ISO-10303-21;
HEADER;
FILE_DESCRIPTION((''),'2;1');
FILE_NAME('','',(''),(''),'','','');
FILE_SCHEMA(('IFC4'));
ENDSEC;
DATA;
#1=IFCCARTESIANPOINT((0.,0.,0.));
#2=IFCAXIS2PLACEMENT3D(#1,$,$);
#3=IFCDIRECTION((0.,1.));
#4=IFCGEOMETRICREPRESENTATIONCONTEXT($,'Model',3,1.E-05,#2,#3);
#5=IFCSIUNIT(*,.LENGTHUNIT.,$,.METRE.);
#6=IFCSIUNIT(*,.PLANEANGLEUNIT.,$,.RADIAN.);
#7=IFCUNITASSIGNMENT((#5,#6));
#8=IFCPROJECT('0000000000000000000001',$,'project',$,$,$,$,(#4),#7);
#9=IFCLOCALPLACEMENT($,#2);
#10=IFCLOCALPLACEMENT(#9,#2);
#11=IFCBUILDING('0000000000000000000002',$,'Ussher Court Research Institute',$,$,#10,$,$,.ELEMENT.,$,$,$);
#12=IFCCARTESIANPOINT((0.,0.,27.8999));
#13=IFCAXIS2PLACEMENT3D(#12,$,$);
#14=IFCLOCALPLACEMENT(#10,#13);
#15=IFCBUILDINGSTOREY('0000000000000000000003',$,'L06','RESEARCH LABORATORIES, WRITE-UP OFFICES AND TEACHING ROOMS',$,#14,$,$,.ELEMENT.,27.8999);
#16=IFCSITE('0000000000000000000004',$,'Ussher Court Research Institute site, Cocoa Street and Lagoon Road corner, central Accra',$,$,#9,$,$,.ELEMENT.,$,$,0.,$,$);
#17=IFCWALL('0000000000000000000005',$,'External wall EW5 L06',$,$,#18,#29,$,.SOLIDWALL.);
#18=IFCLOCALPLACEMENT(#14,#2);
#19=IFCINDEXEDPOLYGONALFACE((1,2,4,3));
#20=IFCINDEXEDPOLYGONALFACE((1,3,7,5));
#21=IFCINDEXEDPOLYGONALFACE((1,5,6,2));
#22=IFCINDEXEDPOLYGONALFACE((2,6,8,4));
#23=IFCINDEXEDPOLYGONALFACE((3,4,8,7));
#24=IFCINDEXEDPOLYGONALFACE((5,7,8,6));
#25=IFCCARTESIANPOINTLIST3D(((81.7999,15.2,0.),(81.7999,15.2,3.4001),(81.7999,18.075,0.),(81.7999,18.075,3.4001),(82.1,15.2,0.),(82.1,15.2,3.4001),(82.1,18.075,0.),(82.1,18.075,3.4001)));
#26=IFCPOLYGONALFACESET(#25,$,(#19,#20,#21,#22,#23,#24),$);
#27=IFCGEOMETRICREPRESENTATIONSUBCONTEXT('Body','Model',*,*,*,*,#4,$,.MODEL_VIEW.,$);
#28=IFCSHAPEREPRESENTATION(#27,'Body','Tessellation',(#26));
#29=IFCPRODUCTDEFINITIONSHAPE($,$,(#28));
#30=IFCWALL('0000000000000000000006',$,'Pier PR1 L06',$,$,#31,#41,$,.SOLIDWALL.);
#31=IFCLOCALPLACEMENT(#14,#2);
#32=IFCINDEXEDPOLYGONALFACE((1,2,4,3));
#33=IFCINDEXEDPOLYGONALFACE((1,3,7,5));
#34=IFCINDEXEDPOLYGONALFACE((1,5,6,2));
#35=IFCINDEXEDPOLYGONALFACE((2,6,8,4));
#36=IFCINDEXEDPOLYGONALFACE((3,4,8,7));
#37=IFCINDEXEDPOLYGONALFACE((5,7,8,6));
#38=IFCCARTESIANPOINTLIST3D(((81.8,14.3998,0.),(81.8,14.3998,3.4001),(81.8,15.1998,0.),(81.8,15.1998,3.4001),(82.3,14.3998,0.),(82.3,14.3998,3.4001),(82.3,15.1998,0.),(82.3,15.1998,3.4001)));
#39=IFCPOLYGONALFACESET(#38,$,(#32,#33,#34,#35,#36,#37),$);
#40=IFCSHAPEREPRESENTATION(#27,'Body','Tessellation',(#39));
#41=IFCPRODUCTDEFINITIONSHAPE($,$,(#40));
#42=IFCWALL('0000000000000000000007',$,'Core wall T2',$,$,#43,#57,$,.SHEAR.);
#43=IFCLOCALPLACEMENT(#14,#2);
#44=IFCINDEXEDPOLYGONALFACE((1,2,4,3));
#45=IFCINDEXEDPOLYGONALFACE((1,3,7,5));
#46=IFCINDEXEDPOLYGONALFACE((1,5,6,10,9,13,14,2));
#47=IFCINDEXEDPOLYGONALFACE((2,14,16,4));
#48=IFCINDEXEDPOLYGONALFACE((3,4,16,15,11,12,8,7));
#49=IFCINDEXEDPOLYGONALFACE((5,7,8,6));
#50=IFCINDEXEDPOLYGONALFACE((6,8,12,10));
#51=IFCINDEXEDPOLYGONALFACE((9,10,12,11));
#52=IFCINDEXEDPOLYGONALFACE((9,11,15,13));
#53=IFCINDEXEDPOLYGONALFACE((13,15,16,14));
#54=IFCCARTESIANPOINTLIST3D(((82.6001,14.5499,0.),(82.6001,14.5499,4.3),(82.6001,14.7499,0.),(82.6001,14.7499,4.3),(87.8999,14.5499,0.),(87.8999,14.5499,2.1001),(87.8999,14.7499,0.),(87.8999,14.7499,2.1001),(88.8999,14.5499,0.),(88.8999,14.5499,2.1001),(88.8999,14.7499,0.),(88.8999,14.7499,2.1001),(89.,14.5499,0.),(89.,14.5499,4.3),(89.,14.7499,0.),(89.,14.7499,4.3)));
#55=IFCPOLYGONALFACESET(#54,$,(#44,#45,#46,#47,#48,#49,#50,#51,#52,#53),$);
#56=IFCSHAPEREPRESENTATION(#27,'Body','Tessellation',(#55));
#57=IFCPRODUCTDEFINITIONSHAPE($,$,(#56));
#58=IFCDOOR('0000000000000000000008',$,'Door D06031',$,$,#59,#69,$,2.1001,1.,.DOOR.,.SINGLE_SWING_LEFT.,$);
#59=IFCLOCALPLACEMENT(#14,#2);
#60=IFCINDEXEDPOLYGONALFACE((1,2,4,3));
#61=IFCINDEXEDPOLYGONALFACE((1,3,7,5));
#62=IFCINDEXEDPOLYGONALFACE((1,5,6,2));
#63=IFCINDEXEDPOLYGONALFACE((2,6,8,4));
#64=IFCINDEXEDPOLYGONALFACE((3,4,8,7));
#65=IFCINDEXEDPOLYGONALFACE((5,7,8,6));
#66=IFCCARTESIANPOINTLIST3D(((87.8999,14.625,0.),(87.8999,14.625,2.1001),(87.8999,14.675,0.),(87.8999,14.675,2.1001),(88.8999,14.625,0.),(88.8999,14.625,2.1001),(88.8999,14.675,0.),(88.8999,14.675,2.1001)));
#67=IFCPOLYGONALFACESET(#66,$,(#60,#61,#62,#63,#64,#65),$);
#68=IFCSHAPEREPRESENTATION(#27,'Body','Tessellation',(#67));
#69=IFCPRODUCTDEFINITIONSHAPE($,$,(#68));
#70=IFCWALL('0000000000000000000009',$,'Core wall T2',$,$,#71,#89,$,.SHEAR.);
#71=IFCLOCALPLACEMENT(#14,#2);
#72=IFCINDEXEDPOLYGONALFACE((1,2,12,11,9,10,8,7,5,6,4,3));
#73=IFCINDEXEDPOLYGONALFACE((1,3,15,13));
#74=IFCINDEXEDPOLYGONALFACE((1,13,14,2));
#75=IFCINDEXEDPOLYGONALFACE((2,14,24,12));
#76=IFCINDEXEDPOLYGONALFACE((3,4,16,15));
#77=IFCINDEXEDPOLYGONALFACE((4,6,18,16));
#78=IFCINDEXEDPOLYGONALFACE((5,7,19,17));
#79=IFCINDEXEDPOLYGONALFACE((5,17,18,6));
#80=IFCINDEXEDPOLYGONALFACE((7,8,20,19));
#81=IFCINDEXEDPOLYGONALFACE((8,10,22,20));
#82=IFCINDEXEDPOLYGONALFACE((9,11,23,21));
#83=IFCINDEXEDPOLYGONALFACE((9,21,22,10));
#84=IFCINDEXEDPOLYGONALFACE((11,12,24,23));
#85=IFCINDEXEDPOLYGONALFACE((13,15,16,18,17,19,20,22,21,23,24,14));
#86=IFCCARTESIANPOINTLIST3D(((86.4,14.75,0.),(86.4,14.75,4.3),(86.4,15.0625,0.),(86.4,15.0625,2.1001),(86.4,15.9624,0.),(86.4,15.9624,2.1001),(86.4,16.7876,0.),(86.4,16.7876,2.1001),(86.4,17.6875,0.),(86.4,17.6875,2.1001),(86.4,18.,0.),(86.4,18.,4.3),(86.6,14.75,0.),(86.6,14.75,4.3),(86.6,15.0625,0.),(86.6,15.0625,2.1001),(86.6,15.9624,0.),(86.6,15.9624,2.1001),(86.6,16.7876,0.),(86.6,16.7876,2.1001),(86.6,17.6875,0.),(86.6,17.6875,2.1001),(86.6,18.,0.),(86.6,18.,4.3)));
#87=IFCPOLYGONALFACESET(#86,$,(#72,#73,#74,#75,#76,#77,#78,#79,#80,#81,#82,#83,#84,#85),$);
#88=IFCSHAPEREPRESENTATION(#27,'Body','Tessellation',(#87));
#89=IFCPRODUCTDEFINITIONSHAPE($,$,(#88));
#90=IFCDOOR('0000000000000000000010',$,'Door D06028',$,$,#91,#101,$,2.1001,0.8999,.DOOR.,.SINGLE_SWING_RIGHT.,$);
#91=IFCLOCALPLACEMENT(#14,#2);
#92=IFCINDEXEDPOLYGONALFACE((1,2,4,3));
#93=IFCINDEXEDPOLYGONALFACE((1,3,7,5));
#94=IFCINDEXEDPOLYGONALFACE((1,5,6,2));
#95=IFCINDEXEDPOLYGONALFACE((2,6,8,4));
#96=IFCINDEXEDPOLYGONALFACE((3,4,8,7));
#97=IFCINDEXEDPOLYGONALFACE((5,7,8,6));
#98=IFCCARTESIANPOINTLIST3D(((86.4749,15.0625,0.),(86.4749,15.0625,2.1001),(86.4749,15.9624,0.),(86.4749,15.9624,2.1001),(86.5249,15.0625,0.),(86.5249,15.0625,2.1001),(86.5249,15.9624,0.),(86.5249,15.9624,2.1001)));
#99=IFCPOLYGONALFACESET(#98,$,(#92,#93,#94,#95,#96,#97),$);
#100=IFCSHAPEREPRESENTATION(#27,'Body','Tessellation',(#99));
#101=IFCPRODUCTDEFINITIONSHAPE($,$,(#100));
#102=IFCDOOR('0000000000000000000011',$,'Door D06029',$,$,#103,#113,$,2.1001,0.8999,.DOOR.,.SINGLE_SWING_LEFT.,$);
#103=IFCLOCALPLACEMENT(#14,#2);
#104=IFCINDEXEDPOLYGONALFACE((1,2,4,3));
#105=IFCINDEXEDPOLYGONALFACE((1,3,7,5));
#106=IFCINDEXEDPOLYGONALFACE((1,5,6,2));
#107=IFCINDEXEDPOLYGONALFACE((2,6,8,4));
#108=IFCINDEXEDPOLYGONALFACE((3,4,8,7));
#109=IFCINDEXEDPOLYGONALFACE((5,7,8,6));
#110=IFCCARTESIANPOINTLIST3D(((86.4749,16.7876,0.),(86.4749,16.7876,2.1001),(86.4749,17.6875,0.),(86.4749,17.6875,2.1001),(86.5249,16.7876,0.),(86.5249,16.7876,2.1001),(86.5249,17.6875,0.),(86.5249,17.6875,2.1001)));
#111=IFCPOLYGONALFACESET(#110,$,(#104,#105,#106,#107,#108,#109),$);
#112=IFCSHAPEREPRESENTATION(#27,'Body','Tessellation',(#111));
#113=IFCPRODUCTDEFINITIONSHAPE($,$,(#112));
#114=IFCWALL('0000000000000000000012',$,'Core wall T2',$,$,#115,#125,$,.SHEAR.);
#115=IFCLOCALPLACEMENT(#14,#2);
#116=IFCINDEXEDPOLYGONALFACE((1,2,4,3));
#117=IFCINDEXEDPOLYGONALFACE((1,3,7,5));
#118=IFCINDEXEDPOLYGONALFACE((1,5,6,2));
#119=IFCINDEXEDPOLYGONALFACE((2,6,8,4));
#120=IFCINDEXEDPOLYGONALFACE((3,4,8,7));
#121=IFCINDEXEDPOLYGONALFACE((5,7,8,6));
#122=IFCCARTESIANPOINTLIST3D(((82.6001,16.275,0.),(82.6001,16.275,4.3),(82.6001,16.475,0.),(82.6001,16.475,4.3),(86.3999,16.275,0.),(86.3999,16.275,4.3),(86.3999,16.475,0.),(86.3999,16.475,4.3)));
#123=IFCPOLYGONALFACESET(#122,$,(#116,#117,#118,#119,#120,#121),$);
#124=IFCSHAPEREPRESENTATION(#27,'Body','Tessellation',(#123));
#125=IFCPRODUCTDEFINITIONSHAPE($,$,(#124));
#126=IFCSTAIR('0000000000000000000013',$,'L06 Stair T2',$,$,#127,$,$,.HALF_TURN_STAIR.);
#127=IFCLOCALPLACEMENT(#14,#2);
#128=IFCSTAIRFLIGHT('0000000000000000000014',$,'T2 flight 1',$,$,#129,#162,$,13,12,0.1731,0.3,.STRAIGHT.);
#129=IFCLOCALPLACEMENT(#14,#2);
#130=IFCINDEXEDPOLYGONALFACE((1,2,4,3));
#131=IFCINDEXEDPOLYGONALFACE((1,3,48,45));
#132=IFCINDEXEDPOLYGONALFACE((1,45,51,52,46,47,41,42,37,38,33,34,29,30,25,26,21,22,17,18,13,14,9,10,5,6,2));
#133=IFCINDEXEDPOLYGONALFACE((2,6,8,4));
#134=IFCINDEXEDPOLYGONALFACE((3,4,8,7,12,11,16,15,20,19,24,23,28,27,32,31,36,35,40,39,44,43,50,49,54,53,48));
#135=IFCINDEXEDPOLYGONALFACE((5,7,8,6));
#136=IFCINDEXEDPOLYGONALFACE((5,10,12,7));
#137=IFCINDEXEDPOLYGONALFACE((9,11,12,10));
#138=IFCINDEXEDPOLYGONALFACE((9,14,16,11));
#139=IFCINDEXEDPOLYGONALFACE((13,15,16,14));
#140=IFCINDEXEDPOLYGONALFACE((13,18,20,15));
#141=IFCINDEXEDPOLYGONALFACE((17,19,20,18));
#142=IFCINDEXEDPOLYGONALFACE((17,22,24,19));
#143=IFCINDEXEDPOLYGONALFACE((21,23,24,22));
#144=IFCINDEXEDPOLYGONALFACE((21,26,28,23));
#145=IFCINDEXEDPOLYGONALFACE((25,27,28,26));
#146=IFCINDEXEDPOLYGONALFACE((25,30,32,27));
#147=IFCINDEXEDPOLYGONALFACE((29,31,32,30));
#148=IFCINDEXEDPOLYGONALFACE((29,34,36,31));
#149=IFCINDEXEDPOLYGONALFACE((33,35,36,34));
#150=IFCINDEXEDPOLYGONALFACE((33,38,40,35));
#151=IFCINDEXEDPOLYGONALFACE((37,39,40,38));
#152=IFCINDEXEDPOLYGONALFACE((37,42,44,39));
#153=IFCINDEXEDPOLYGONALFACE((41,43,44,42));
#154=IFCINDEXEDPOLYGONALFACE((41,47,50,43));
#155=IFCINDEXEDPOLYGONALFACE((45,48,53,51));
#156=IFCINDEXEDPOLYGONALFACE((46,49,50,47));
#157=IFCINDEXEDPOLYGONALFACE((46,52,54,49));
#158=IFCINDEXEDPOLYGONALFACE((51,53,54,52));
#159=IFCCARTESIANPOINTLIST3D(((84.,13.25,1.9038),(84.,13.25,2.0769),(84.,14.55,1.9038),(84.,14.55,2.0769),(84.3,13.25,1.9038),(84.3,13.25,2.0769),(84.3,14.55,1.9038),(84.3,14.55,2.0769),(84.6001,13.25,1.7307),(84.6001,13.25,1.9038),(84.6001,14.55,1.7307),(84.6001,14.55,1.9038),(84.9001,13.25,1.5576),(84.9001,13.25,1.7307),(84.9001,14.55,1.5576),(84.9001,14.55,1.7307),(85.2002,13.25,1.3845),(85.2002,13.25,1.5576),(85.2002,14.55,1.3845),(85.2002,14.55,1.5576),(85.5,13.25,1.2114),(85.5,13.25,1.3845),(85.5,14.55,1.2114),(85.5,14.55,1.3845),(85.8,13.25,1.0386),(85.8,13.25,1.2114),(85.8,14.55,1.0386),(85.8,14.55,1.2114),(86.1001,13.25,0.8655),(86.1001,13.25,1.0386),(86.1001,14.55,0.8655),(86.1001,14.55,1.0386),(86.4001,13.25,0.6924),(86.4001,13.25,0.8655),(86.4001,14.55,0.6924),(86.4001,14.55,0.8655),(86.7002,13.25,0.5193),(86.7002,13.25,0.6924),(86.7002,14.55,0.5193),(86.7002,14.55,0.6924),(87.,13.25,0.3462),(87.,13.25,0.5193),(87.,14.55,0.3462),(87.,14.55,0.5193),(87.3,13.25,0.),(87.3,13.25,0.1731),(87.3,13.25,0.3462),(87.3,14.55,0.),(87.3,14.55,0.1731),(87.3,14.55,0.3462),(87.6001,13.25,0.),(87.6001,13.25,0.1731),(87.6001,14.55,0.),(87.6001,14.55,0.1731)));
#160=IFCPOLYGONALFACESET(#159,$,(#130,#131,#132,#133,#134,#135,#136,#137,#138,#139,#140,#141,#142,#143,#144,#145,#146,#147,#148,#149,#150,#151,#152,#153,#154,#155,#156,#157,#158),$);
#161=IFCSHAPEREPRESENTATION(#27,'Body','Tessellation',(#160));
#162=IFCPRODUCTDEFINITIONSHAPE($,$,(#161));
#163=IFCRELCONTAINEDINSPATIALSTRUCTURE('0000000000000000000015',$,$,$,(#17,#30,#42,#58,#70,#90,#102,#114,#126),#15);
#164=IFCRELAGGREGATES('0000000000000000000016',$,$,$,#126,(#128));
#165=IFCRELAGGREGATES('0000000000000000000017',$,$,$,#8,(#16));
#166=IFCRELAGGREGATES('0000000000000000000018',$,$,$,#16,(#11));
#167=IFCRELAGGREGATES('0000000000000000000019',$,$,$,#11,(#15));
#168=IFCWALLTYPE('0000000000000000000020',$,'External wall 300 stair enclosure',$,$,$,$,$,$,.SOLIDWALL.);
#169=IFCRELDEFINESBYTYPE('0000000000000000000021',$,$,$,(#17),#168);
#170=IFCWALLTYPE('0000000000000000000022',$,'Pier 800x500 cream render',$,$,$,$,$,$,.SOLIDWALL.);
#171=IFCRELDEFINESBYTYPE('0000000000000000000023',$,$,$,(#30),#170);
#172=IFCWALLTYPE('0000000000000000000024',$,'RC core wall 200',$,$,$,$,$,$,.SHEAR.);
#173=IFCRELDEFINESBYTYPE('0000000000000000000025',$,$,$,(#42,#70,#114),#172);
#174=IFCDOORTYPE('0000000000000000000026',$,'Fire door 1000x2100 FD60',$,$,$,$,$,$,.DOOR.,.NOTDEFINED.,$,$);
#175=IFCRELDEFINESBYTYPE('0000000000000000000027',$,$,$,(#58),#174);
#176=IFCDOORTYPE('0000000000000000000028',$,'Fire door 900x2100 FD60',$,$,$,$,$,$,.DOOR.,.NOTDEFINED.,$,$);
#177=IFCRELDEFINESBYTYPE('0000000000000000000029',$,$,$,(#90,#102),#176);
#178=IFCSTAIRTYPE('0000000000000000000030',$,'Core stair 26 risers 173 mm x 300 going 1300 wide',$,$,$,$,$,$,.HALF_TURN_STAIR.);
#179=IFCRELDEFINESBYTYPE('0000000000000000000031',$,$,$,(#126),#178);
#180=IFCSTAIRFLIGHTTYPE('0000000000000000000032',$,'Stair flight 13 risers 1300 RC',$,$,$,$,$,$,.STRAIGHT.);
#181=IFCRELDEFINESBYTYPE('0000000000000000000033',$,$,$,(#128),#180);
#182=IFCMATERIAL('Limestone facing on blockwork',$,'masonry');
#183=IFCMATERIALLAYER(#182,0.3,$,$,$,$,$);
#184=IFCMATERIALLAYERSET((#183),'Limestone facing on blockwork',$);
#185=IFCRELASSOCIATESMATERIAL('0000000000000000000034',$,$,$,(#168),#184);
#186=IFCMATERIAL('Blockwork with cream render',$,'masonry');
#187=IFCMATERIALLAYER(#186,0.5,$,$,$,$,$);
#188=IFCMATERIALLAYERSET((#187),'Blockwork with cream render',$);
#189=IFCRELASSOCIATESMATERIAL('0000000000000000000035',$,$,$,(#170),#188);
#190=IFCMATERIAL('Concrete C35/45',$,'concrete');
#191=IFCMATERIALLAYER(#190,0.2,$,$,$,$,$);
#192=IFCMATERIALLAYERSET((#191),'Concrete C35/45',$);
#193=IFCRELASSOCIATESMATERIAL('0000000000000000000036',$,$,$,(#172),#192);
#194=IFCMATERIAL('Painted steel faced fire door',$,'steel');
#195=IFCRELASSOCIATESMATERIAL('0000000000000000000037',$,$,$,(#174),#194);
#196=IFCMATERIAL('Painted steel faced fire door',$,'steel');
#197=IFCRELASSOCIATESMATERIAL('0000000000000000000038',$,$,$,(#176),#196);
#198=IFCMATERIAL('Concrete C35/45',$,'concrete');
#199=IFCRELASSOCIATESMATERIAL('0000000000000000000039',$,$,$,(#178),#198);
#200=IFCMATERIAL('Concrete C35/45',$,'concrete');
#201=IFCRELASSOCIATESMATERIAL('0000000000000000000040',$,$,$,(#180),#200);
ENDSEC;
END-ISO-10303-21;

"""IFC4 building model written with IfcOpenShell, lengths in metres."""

from ifc_helpers import new_model, si_unit, direction, frame, frame_2d, origin, place, context, subcontext, project, spatial, polyline, rectangle, outline, extrude, material, layer, layer_set, type_object, element, fill, aggregate, save


model = new_model("IFC4")

# Units and contexts
model_context = context("Model", 3, precision=1e-05, world=origin(), true_north=direction((0.0, 1.0)))
body_context = subcontext(model_context, "Body", "Model", "MODEL_VIEW")
ifc_project = project(units=[si_unit("LENGTHUNIT", "METRE"), si_unit("PLANEANGLEUNIT", "RADIAN")], contexts=[model_context])

# Site, building, storey
site_placement = place(None, origin())
site = spatial("IfcSite", under=ifc_project, at=site_placement, Name="Ussher Court Research Institute site, Cocoa Street and Lagoon Road corner, central Accra", CompositionType="ELEMENT", RefElevation=0.0)
building_placement = place(site_placement, origin())
building = spatial("IfcBuilding", under=site, at=building_placement, Name="Ussher Court Research Institute", CompositionType="ELEMENT")
storey_placement = place(building_placement, frame((0.0, 0.0, 27.8999)))
storey = spatial("IfcBuildingStorey", under=building, at=storey_placement, Name="L06", Description="RESEARCH LABORATORIES, WRITE-UP OFFICES AND TEACHING ROOMS", CompositionType="ELEMENT", Elevation=27.8999)

# Walls
ifc_material_1 = material(Name="Limestone facing on blockwork", Category="masonry")
ifc_layer_1 = layer(ifc_material_1, 0.3)
ifc_layer_set_1 = layer_set([ifc_layer_1], Name="Limestone facing on blockwork")
wall_type_1 = type_object("IfcWallType", Name="External wall 300 stair enclosure", PredefinedType="SOLIDWALL", material=ifc_layer_set_1)
wall_1_placement = place(storey_placement, frame((81.95, 15.2, 0.0), z_axis=(0.0, 0.0, 1.0), x_axis=(0.0, 1.0, 0.0)))
element("IfcWall", 1, at=wall_1_placement, inside=storey, type_object=wall_type_1, Name="External wall EW5 L06", PredefinedType="SOLIDWALL", context=body_context, shape_type="SweptSolid", body=[
    extrude(rectangle(XDim=2.875, YDim=0.3, at=frame_2d((1.4375, 0.0))), origin(), (0.0, 0.0, 1.0), 3.4001),
])
ifc_material_2 = material(Name="Blockwork with cream render", Category="masonry")
ifc_layer_2 = layer(ifc_material_2, 0.5)
ifc_layer_set_2 = layer_set([ifc_layer_2], Name="Blockwork with cream render")
wall_type_2 = type_object("IfcWallType", Name="Pier 800x500 cream render", PredefinedType="SOLIDWALL", material=ifc_layer_set_2)
wall_2_placement = place(storey_placement, frame((82.05, 14.3999, 0.0), z_axis=(0.0, 0.0, 1.0), x_axis=(0.0, 1.0, 0.0)))
element("IfcWall", 2, at=wall_2_placement, inside=storey, type_object=wall_type_2, Name="Pier PR1 L06", PredefinedType="SOLIDWALL", context=body_context, shape_type="SweptSolid", body=[
    extrude(rectangle(XDim=0.8, YDim=0.5, at=frame_2d((0.3999, 0.0))), origin(), (0.0, 0.0, 1.0), 3.4001),
])

# Wall, opening, door
ifc_material_3 = material(Name="Concrete C35/45", Category="concrete")
ifc_layer_3 = layer(ifc_material_3, 0.2)
ifc_layer_set_3 = layer_set([ifc_layer_3], Name="Concrete C35/45")
wall_type_3 = type_object("IfcWallType", Name="RC core wall 200", PredefinedType="SHEAR", material=ifc_layer_set_3)
wall_3_placement = place(storey_placement, frame((89.0, 14.6499, 0.0), z_axis=(0.0, 0.0, 1.0), x_axis=(-1.0, 0.0, 0.0)))
wall_3 = element("IfcWall", 3, at=wall_3_placement, inside=storey, type_object=wall_type_3, Name="Core wall T2", PredefinedType="SHEAR", context=body_context, shape_type="SweptSolid", body=[
    extrude(rectangle(XDim=6.3999, YDim=0.2, at=frame_2d((3.2, 0.0))), origin(), (0.0, 0.0, 1.0), 4.3),
])
opening_1_placement = place(wall_3_placement, frame((0.1001, 0.0, 0.0)))
opening_1 = element("IfcOpeningElement", 4, at=opening_1_placement, cuts=wall_3, PredefinedType="OPENING", context=body_context, shape_type="SweptSolid", body=[
    extrude(rectangle(XDim=1.0, YDim=2.1001, at=frame_2d((0.5, 1.05))), frame((0.0, 0.1099, 0.0), z_axis=(0.0, -1.0, 0.0), x_axis=(1.0, 0.0, 0.0)), (0.0, 0.0, 1.0), 0.22),
])
ifc_material_4 = material(Name="Painted steel faced fire door", Category="steel")
door_type_1 = type_object("IfcDoorType", Name="Fire door 1000x2100 FD60", OperationType="NOTDEFINED", PredefinedType="DOOR", material=ifc_material_4)
door_1_placement = place(opening_1_placement, origin())
door_1 = element("IfcDoor", 5, at=door_1_placement, inside=storey, type_object=door_type_1, Name="Door D06031", OperationType="SINGLE_SWING_LEFT", OverallHeight=2.1001, OverallWidth=1.0, PredefinedType="DOOR", context=body_context, shape_type="SweptSolid", body=[
    extrude(rectangle(XDim=1.0, YDim=2.1001, at=frame_2d((0.5, 1.05))), frame((0.0, 0.0249, 0.0), z_axis=(0.0, -1.0, 0.0), x_axis=(1.0, 0.0, 0.0)), (0.0, 0.0, 1.0), 0.05),
])
fill(opening_1, door_1)

# Wall, openings, doors
wall_4_placement = place(storey_placement, frame((86.5, 18.0, 0.0), z_axis=(0.0, 0.0, 1.0), x_axis=(0.0, -1.0, 0.0)))
wall_4 = element("IfcWall", 6, at=wall_4_placement, inside=storey, type_object=wall_type_3, Name="Core wall T2", PredefinedType="SHEAR", context=body_context, shape_type="SweptSolid", body=[
    extrude(rectangle(XDim=3.25, YDim=0.2, at=frame_2d((1.625, 0.0))), origin(), (0.0, 0.0, 1.0), 4.3),
])
opening_2_placement = place(wall_4_placement, frame((2.0376, 0.0, 0.0)))
opening_2 = element("IfcOpeningElement", 7, at=opening_2_placement, cuts=wall_4, PredefinedType="OPENING", context=body_context, shape_type="SweptSolid", body=[
    extrude(rectangle(XDim=0.8999, YDim=2.1001, at=frame_2d((0.45, 1.05))), frame((0.0, 0.1099, 0.0), z_axis=(0.0, -1.0, 0.0), x_axis=(1.0, 0.0, 0.0)), (0.0, 0.0, 1.0), 0.22),
])
opening_3_placement = place(wall_4_placement, frame((0.3125, 0.0, 0.0)))
opening_3 = element("IfcOpeningElement", 8, at=opening_3_placement, cuts=wall_4, PredefinedType="OPENING", context=body_context, shape_type="SweptSolid", body=[
    extrude(rectangle(XDim=0.8999, YDim=2.1001, at=frame_2d((0.45, 1.05))), frame((0.0, 0.1099, 0.0), z_axis=(0.0, -1.0, 0.0), x_axis=(1.0, 0.0, 0.0)), (0.0, 0.0, 1.0), 0.22),
])
ifc_material_5 = material(Name="Painted steel faced fire door", Category="steel")
door_type_2 = type_object("IfcDoorType", Name="Fire door 900x2100 FD60", OperationType="NOTDEFINED", PredefinedType="DOOR", material=ifc_material_5)
door_2_placement = place(opening_2_placement, origin())
door_2 = element("IfcDoor", 9, at=door_2_placement, inside=storey, type_object=door_type_2, Name="Door D06028", OperationType="SINGLE_SWING_RIGHT", OverallHeight=2.1001, OverallWidth=0.8999, PredefinedType="DOOR", context=body_context, shape_type="SweptSolid", body=[
    extrude(rectangle(XDim=0.8999, YDim=2.1001, at=frame_2d((0.45, 1.05))), frame((0.0, 0.0249, 0.0), z_axis=(0.0, -1.0, 0.0), x_axis=(1.0, 0.0, 0.0)), (0.0, 0.0, 1.0), 0.05),
])
fill(opening_2, door_2)
door_3_placement = place(opening_3_placement, origin())
door_3 = element("IfcDoor", 10, at=door_3_placement, inside=storey, type_object=door_type_2, Name="Door D06029", OperationType="SINGLE_SWING_LEFT", OverallHeight=2.1001, OverallWidth=0.8999, PredefinedType="DOOR", context=body_context, shape_type="SweptSolid", body=[
    extrude(rectangle(XDim=0.8999, YDim=2.1001, at=frame_2d((0.45, 1.05))), frame((0.0, 0.0249, 0.0), z_axis=(0.0, -1.0, 0.0), x_axis=(1.0, 0.0, 0.0)), (0.0, 0.0, 1.0), 0.05),
])
fill(opening_3, door_3)

# Wall
wall_5_placement = place(storey_placement, frame((82.6001, 16.375, 0.0), z_axis=(0.0, 0.0, 1.0), x_axis=(1.0, 0.0, 0.0)))
element("IfcWall", 11, at=wall_5_placement, inside=storey, type_object=wall_type_3, Name="Core wall T2", PredefinedType="SHEAR", context=body_context, shape_type="SweptSolid", body=[
    extrude(rectangle(XDim=3.7998, YDim=0.2, at=frame_2d((1.8999, 0.0))), origin(), (0.0, 0.0, 1.0), 4.3),
])

# Stair, stair flight
ifc_material_6 = material(Name="Concrete C35/45", Category="concrete")
stair_type = type_object("IfcStairType", Name="Core stair 26 risers 173 mm x 300 going 1300 wide", PredefinedType="HALF_TURN_STAIR", material=ifc_material_6)
stair_placement = place(storey_placement, origin())
stair = element("IfcStair", 12, at=stair_placement, inside=storey, type_object=stair_type, Name="L06 Stair T2", PredefinedType="HALF_TURN_STAIR")
ifc_material_7 = material(Name="Concrete C35/45", Category="concrete")
stair_flight_type = type_object("IfcStairFlightType", Name="Stair flight 13 risers 1300 RC", PredefinedType="STRAIGHT", material=ifc_material_7)
stair_flight_placement = place(storey_placement, frame((87.6001, 13.8999, 0.0), z_axis=(0.0, 0.0, 1.0), x_axis=(-1.0, 0.0, 0.0)))
stair_flight = element("IfcStairFlight", 13, at=stair_flight_placement, type_object=stair_flight_type, Name="T2 flight 1", NumberOfRisers=13, NumberOfTreads=12, PredefinedType="STRAIGHT", RiserHeight=0.1731, TreadLength=0.3, context=body_context, shape_type="SweptSolid", body=[
    extrude(outline(polyline([(0.0, 0.0), (0.0, 0.1731), (0.3, 0.1731), (0.3, 0.3462), (0.6001, 0.3462), (0.6001, 0.5193), (0.8999, 0.5193), (0.8999, 0.6924), (1.2, 0.6924), (1.2, 0.8655), (1.5, 0.8655), (1.5, 1.0386), (1.8, 1.0386), (1.8, 1.2114), (2.1001, 1.2114), (2.1001, 1.3845), (2.3999, 1.3845), (2.3999, 1.5576), (2.7, 1.5576), (2.7, 1.7307), (3.0, 1.7307), (3.0, 1.9038), (3.3, 1.9038), (3.3, 2.0769), (3.6001, 2.0769), (3.6001, 2.25), (3.6001, 1.9038), (0.3, 0.0), (0.0, 0.0)])), frame((0.0, 0.6499, 0.0), z_axis=(0.0, -1.0, 0.0), x_axis=(1.0, 0.0, 0.0)), (0.0, 0.0, 1.0), 1.3),
])
aggregate(stair, [stair_flight])

save(model, "model.ifc")
